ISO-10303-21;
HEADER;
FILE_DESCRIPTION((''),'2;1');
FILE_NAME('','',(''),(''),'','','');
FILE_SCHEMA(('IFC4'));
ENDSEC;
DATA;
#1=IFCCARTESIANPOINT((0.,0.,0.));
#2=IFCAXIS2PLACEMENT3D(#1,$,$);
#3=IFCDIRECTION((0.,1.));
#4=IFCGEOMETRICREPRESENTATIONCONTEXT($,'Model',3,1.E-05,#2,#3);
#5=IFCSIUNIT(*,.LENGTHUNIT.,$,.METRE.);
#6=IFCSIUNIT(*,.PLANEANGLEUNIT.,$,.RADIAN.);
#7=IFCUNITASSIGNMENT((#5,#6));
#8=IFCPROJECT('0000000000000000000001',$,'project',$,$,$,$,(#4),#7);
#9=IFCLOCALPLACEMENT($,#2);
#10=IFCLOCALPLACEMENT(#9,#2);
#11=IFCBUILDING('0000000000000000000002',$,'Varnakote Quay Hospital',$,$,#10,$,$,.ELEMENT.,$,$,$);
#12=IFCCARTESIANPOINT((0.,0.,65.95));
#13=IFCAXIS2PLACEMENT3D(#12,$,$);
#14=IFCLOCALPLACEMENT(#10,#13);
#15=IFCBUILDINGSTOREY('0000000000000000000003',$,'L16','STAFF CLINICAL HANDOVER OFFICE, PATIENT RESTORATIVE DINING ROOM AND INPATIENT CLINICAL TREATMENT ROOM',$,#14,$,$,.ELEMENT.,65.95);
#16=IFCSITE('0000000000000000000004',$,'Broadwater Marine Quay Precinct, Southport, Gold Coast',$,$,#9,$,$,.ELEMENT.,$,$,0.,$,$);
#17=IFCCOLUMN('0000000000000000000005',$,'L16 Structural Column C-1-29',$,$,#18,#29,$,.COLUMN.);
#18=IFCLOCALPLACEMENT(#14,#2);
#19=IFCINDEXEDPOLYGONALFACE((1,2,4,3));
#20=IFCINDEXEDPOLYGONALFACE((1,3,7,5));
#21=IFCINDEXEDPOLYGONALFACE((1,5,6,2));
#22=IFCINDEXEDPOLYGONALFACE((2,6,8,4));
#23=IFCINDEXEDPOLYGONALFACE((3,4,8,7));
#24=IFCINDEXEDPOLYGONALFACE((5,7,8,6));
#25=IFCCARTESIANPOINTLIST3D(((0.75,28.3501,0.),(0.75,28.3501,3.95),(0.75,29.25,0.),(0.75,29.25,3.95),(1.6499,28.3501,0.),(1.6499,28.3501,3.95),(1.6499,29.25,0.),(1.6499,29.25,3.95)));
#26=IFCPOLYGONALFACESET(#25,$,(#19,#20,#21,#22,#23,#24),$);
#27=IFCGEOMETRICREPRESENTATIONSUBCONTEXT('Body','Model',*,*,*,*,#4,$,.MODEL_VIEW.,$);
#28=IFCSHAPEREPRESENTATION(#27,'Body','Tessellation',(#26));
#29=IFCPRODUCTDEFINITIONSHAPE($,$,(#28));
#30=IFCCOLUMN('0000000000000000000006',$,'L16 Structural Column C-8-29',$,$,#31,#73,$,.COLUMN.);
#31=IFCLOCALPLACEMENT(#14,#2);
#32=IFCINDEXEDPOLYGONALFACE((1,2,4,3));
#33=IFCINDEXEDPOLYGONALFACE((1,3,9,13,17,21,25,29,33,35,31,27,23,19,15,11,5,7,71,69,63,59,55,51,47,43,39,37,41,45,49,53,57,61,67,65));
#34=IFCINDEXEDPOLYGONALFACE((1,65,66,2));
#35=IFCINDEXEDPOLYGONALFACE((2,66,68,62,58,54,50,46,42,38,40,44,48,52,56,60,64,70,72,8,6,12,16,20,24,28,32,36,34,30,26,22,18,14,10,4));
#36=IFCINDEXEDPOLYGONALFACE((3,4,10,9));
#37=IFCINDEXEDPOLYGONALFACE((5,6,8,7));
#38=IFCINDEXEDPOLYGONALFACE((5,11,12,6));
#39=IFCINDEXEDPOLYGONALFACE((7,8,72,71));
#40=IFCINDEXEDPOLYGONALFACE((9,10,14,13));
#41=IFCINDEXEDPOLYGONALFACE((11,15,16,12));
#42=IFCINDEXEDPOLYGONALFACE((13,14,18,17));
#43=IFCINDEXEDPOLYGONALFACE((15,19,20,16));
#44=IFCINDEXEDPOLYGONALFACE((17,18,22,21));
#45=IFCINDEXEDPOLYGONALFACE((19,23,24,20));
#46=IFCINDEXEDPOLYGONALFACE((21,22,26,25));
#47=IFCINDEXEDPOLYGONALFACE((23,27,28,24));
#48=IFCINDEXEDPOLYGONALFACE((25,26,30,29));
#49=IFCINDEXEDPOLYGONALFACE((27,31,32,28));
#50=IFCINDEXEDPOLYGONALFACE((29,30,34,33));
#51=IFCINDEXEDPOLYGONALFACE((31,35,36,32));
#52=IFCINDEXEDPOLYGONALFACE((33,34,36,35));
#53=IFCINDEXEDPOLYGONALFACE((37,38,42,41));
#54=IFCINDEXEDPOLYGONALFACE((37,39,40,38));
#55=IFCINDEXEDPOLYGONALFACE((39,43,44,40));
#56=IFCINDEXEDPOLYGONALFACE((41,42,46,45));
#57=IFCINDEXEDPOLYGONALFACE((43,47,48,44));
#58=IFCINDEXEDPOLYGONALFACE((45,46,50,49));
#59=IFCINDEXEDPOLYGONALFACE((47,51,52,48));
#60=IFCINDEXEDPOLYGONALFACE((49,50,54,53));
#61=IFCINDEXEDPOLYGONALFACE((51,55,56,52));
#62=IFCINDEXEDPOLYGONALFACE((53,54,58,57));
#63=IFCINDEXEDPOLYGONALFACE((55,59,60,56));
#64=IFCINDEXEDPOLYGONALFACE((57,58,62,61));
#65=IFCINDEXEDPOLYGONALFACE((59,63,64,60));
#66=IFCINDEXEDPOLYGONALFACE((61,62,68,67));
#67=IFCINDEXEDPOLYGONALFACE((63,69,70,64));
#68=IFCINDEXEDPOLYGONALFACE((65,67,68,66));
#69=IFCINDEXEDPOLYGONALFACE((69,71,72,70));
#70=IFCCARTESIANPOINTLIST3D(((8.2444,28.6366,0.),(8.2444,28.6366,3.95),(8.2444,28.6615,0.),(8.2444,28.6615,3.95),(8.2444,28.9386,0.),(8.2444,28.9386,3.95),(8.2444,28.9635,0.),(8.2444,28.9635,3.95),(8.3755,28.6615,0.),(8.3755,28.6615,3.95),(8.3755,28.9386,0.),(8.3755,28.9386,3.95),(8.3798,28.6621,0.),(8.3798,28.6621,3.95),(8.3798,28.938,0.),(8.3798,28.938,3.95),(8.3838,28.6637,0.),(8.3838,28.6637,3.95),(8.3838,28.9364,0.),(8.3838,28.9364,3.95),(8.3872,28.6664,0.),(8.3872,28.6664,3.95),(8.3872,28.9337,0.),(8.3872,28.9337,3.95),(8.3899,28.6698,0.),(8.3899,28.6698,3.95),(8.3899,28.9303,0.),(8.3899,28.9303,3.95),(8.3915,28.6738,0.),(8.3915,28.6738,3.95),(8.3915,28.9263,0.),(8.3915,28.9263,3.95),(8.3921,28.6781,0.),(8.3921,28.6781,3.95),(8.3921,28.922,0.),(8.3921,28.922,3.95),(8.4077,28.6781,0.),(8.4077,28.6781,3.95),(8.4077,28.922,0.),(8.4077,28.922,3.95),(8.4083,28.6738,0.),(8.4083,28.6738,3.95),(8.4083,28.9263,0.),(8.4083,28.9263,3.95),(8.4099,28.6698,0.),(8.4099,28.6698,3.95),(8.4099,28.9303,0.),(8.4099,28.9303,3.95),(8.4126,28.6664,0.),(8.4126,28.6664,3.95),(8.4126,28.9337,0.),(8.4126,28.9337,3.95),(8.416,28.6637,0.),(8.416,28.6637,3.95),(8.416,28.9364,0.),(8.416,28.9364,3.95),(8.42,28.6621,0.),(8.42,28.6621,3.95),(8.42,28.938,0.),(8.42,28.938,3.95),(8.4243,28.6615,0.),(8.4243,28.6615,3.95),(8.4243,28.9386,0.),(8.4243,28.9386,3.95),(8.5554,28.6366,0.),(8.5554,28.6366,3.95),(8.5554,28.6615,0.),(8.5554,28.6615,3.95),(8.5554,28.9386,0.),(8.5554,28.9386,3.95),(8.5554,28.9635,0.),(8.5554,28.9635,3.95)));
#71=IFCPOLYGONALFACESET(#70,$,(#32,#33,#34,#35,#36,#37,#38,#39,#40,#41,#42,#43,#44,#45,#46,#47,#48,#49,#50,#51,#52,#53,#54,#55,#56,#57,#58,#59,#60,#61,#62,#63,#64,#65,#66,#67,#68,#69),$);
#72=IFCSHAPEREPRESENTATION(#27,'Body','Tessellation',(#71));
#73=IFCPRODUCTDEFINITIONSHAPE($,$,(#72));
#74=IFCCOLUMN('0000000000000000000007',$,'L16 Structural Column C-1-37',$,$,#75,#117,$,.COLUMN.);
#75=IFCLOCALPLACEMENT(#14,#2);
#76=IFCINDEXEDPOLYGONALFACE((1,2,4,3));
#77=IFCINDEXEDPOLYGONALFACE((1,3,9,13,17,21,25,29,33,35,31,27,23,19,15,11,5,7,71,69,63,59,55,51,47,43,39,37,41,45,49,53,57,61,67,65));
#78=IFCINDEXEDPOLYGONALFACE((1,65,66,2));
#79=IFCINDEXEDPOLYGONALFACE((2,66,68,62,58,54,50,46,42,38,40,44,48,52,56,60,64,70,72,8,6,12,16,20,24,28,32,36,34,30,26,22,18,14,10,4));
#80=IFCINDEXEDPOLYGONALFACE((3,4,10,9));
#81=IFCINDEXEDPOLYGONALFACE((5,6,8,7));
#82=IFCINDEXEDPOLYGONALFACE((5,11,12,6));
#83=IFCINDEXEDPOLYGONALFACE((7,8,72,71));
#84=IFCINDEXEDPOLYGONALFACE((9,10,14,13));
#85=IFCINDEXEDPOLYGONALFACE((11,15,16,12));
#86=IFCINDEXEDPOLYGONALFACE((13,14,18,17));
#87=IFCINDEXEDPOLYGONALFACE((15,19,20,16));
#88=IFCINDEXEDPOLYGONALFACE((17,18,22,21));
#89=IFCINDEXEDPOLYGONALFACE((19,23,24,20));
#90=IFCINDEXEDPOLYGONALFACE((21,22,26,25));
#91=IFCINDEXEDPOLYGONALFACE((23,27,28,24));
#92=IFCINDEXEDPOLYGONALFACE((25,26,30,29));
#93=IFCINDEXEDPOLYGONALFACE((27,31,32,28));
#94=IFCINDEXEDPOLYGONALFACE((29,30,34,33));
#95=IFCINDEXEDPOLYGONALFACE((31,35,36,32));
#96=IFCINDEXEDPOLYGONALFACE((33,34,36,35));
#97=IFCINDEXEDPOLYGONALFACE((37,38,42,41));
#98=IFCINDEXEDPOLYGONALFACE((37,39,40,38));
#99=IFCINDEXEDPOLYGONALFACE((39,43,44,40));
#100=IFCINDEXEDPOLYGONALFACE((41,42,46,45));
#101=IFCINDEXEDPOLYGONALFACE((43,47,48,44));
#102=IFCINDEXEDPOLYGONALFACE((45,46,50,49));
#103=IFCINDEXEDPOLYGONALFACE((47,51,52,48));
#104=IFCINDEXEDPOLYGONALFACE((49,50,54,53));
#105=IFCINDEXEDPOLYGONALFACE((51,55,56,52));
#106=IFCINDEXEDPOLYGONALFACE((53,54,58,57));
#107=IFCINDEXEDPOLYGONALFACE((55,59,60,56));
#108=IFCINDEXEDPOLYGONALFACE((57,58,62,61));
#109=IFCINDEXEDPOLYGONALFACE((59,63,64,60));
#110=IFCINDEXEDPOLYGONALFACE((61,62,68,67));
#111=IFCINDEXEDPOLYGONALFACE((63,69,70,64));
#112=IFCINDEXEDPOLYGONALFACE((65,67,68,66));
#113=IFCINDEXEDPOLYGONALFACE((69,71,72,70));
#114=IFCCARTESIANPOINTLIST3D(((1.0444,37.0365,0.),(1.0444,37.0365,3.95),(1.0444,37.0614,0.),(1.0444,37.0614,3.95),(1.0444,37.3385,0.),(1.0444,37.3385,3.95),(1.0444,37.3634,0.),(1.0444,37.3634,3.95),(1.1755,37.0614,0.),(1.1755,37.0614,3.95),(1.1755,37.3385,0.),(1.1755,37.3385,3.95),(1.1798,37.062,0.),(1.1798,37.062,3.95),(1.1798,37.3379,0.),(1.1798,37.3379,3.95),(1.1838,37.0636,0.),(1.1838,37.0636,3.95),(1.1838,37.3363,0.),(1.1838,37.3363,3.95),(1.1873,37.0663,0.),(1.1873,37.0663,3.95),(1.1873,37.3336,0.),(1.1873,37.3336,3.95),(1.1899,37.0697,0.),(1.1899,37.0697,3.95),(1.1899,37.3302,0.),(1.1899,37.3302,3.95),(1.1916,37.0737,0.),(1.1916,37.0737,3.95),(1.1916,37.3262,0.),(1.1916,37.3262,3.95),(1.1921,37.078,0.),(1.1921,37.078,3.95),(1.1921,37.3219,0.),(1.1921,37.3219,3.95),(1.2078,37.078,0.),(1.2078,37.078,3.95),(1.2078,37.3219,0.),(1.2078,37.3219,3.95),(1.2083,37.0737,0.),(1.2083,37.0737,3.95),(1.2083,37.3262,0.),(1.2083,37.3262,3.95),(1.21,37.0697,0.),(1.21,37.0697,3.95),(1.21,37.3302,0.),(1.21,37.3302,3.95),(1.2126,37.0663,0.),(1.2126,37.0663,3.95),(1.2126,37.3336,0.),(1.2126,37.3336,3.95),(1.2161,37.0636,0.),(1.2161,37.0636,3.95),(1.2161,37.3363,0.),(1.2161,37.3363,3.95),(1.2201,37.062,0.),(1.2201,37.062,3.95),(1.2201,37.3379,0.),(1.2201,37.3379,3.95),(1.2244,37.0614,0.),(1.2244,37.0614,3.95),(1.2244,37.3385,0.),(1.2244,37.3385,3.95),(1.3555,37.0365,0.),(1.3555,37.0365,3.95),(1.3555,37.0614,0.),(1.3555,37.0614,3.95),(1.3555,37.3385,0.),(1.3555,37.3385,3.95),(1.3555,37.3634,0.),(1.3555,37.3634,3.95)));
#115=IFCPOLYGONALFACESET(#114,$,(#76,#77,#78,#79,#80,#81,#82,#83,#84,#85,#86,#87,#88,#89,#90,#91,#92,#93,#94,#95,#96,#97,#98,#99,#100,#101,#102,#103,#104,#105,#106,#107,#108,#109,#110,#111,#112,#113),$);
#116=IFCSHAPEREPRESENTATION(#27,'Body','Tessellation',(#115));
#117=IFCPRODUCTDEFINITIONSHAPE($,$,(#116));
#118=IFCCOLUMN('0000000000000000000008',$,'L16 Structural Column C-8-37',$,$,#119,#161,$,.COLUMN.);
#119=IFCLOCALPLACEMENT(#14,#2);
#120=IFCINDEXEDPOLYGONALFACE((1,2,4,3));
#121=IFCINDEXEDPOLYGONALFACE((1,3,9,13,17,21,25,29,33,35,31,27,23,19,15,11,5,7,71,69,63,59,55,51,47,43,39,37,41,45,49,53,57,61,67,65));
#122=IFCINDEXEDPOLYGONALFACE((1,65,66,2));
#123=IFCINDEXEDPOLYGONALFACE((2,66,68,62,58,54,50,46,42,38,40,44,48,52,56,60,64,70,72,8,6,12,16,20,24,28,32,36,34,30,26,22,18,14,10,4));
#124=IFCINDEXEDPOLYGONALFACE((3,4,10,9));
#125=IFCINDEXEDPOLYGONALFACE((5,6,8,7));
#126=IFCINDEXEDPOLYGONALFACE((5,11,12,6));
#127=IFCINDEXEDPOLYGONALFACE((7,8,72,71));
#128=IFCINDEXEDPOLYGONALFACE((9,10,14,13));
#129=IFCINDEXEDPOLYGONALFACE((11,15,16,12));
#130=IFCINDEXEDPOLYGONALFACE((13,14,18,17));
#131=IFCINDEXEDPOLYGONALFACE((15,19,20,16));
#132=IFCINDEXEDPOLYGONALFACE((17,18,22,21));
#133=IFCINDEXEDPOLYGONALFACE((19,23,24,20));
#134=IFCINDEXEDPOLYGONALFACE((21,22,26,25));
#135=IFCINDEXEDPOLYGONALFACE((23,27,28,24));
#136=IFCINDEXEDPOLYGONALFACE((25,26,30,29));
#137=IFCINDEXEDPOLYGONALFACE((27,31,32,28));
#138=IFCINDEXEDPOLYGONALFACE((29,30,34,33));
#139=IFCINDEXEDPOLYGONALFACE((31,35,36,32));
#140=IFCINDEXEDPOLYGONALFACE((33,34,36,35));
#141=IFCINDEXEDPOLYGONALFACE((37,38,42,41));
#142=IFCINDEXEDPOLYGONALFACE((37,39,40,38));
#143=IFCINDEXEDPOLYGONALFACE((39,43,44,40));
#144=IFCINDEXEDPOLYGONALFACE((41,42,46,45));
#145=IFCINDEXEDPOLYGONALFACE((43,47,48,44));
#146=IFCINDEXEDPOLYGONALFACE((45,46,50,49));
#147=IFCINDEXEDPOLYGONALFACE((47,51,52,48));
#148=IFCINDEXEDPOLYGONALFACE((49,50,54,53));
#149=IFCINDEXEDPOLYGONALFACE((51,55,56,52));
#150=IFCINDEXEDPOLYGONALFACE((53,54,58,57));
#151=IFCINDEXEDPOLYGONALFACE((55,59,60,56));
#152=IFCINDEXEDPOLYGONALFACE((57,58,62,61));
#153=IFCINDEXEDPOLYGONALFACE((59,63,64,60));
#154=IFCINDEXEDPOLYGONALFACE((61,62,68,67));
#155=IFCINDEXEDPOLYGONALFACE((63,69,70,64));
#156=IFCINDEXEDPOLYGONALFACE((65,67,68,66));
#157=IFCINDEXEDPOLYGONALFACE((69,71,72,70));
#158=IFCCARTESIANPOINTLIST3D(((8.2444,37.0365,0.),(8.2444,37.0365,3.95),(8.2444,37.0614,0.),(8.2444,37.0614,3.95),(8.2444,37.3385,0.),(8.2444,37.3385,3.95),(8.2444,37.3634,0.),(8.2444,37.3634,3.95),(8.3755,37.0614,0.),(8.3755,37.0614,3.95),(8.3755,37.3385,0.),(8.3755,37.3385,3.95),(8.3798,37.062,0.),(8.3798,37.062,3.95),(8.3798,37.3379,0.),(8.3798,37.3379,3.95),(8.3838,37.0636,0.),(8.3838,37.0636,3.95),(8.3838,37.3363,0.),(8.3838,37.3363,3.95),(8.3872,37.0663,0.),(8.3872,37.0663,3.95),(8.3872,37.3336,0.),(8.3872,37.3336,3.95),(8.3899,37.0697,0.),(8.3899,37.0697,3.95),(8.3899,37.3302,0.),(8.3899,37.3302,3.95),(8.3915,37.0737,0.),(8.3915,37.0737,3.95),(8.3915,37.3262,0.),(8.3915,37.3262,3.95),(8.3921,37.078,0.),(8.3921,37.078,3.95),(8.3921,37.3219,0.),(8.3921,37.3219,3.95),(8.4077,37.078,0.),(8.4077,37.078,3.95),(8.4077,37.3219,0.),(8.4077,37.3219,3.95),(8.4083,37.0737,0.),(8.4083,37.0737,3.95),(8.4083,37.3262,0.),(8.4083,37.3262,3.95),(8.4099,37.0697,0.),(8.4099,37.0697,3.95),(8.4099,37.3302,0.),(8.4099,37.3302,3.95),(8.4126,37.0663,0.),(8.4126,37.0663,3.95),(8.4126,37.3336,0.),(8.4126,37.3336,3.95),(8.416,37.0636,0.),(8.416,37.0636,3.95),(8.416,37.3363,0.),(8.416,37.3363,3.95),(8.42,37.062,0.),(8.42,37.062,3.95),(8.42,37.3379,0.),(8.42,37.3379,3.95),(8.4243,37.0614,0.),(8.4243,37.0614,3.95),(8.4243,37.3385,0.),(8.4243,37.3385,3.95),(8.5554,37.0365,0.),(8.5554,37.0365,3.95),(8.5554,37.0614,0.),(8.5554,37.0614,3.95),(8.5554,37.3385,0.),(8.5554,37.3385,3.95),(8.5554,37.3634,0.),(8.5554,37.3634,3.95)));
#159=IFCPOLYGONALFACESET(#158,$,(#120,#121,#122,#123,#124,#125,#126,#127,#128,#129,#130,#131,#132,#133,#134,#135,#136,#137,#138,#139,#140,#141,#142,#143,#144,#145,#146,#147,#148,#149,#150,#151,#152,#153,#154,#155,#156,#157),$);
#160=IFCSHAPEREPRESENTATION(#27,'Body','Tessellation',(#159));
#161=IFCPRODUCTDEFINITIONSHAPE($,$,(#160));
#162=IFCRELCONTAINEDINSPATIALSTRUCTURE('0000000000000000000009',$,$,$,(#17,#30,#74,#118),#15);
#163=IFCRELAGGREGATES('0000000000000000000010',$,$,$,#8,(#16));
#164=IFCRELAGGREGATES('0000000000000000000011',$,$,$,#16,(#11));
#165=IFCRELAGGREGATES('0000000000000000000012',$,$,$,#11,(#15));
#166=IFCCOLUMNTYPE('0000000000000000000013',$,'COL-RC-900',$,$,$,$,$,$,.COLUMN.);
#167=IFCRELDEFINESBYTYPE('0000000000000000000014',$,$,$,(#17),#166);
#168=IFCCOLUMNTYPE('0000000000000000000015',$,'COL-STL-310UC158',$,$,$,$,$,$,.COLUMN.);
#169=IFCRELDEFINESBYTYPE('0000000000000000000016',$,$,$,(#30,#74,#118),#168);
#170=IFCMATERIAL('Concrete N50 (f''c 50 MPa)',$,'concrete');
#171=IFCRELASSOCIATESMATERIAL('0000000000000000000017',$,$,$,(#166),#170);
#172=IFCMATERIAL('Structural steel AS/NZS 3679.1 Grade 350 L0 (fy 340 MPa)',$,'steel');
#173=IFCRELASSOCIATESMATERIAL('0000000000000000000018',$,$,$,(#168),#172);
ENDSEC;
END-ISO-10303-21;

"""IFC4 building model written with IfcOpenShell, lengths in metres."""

from ifc_helpers import new_model, si_unit, direction, frame, origin, origin_2d, place, context, subcontext, project, spatial, rectangle, i_section, extrude, material, material_profile, profile_set, type_object, element, save


model = new_model("IFC4")

# Units and contexts
model_context = context("Model", 3, precision=1e-05, world=origin(), true_north=direction((0.0, 1.0)))
body_context = subcontext(model_context, "Body", "Model", "MODEL_VIEW")
ifc_project = project(units=[si_unit("LENGTHUNIT", "METRE"), si_unit("PLANEANGLEUNIT", "RADIAN")], contexts=[model_context])

# Site, building, storey
site_placement = place(None, origin())
site = spatial("IfcSite", under=ifc_project, at=site_placement, Name="Broadwater Marine Quay Precinct, Southport, Gold Coast", CompositionType="ELEMENT", RefElevation=0.0)
building_placement = place(site_placement, origin())
building = spatial("IfcBuilding", under=site, at=building_placement, Name="Varnakote Quay Hospital", CompositionType="ELEMENT")
storey_placement = place(building_placement, frame((0.0, 0.0, 65.95)))
storey = spatial("IfcBuildingStorey", under=building, at=storey_placement, Name="L16", Description="STAFF CLINICAL HANDOVER OFFICE, PATIENT RESTORATIVE DINING ROOM AND INPATIENT CLINICAL TREATMENT ROOM", CompositionType="ELEMENT", Elevation=65.95)

# Columns
ifc_material_1 = material(Name="Concrete N50 (f'c 50 MPa)", Category="concrete")
ifc_material_profile_1 = material_profile(ifc_material_1, rectangle(XDim=0.8999, YDim=0.8999, at=origin_2d()), Name="RC-COL-900x900")
ifc_profile_set_1 = profile_set([ifc_material_profile_1], Name="Concrete N50 (f'c 50 MPa)")
column_type_1 = type_object("IfcColumnType", Name="COL-RC-900", PredefinedType="COLUMN", material=ifc_profile_set_1)
column_placement = place(storey_placement, frame((1.2, 28.8, 0.0), z_axis=(0.0, 0.0, 1.0), x_axis=(1.0, 0.0, 0.0)))
element("IfcColumn", 1, at=column_placement, inside=storey, type_object=column_type_1, Name="L16 Structural Column C-1-29", PredefinedType="COLUMN", context=body_context, shape_type="SweptSolid", body=[
    extrude(rectangle(XDim=0.8999, YDim=0.8999, at=origin_2d()), origin(), (0.0, 0.0, 1.0), 3.95),
])
ifc_material_2 = material(Name="Structural steel AS/NZS 3679.1 Grade 350 L0 (fy 340 MPa)", Category="steel")
ifc_material_profile_2 = material_profile(ifc_material_2, i_section(OverallWidth=0.311, OverallDepth=0.3269, WebThickness=0.0156, FlangeThickness=0.0249, FilletRadius=0.0166, at=origin_2d()), Name="310UC158")
ifc_profile_set_2 = profile_set([ifc_material_profile_2], Name="Structural steel AS/NZS 3679.1 Grade 350 L0 (fy 340 MPa)")
column_type_2 = type_object("IfcColumnType", Name="COL-STL-310UC158", PredefinedType="COLUMN", material=ifc_profile_set_2)
for number, where, z_axis, x_axis, name in (
    (2, (8.3999, 28.8, 0.0), (0.0, 0.0, 1.0), (1.0, 0.0, 0.0), "L16 Structural Column C-8-29"),
    (3, (1.2, 37.2, 0.0), (0.0, 0.0, 1.0), (1.0, 0.0, 0.0), "L16 Structural Column C-1-37"),
    (4, (8.3999, 37.2, 0.0), (0.0, 0.0, 1.0), (1.0, 0.0, 0.0), "L16 Structural Column C-8-37"),
):
    element("IfcColumn", number, at=place(storey_placement, frame(where, z_axis=z_axis, x_axis=x_axis)), inside=storey, type_object=column_type_2, Name=name, PredefinedType="COLUMN", context=body_context, shape_type="SweptSolid", body=[
        extrude(i_section(OverallWidth=0.311, OverallDepth=0.3269, WebThickness=0.0156, FlangeThickness=0.0249, FilletRadius=0.0166, at=origin_2d()), origin(), (0.0, 0.0, 1.0), 3.95),
    ])

save(model, "model.ifc")
